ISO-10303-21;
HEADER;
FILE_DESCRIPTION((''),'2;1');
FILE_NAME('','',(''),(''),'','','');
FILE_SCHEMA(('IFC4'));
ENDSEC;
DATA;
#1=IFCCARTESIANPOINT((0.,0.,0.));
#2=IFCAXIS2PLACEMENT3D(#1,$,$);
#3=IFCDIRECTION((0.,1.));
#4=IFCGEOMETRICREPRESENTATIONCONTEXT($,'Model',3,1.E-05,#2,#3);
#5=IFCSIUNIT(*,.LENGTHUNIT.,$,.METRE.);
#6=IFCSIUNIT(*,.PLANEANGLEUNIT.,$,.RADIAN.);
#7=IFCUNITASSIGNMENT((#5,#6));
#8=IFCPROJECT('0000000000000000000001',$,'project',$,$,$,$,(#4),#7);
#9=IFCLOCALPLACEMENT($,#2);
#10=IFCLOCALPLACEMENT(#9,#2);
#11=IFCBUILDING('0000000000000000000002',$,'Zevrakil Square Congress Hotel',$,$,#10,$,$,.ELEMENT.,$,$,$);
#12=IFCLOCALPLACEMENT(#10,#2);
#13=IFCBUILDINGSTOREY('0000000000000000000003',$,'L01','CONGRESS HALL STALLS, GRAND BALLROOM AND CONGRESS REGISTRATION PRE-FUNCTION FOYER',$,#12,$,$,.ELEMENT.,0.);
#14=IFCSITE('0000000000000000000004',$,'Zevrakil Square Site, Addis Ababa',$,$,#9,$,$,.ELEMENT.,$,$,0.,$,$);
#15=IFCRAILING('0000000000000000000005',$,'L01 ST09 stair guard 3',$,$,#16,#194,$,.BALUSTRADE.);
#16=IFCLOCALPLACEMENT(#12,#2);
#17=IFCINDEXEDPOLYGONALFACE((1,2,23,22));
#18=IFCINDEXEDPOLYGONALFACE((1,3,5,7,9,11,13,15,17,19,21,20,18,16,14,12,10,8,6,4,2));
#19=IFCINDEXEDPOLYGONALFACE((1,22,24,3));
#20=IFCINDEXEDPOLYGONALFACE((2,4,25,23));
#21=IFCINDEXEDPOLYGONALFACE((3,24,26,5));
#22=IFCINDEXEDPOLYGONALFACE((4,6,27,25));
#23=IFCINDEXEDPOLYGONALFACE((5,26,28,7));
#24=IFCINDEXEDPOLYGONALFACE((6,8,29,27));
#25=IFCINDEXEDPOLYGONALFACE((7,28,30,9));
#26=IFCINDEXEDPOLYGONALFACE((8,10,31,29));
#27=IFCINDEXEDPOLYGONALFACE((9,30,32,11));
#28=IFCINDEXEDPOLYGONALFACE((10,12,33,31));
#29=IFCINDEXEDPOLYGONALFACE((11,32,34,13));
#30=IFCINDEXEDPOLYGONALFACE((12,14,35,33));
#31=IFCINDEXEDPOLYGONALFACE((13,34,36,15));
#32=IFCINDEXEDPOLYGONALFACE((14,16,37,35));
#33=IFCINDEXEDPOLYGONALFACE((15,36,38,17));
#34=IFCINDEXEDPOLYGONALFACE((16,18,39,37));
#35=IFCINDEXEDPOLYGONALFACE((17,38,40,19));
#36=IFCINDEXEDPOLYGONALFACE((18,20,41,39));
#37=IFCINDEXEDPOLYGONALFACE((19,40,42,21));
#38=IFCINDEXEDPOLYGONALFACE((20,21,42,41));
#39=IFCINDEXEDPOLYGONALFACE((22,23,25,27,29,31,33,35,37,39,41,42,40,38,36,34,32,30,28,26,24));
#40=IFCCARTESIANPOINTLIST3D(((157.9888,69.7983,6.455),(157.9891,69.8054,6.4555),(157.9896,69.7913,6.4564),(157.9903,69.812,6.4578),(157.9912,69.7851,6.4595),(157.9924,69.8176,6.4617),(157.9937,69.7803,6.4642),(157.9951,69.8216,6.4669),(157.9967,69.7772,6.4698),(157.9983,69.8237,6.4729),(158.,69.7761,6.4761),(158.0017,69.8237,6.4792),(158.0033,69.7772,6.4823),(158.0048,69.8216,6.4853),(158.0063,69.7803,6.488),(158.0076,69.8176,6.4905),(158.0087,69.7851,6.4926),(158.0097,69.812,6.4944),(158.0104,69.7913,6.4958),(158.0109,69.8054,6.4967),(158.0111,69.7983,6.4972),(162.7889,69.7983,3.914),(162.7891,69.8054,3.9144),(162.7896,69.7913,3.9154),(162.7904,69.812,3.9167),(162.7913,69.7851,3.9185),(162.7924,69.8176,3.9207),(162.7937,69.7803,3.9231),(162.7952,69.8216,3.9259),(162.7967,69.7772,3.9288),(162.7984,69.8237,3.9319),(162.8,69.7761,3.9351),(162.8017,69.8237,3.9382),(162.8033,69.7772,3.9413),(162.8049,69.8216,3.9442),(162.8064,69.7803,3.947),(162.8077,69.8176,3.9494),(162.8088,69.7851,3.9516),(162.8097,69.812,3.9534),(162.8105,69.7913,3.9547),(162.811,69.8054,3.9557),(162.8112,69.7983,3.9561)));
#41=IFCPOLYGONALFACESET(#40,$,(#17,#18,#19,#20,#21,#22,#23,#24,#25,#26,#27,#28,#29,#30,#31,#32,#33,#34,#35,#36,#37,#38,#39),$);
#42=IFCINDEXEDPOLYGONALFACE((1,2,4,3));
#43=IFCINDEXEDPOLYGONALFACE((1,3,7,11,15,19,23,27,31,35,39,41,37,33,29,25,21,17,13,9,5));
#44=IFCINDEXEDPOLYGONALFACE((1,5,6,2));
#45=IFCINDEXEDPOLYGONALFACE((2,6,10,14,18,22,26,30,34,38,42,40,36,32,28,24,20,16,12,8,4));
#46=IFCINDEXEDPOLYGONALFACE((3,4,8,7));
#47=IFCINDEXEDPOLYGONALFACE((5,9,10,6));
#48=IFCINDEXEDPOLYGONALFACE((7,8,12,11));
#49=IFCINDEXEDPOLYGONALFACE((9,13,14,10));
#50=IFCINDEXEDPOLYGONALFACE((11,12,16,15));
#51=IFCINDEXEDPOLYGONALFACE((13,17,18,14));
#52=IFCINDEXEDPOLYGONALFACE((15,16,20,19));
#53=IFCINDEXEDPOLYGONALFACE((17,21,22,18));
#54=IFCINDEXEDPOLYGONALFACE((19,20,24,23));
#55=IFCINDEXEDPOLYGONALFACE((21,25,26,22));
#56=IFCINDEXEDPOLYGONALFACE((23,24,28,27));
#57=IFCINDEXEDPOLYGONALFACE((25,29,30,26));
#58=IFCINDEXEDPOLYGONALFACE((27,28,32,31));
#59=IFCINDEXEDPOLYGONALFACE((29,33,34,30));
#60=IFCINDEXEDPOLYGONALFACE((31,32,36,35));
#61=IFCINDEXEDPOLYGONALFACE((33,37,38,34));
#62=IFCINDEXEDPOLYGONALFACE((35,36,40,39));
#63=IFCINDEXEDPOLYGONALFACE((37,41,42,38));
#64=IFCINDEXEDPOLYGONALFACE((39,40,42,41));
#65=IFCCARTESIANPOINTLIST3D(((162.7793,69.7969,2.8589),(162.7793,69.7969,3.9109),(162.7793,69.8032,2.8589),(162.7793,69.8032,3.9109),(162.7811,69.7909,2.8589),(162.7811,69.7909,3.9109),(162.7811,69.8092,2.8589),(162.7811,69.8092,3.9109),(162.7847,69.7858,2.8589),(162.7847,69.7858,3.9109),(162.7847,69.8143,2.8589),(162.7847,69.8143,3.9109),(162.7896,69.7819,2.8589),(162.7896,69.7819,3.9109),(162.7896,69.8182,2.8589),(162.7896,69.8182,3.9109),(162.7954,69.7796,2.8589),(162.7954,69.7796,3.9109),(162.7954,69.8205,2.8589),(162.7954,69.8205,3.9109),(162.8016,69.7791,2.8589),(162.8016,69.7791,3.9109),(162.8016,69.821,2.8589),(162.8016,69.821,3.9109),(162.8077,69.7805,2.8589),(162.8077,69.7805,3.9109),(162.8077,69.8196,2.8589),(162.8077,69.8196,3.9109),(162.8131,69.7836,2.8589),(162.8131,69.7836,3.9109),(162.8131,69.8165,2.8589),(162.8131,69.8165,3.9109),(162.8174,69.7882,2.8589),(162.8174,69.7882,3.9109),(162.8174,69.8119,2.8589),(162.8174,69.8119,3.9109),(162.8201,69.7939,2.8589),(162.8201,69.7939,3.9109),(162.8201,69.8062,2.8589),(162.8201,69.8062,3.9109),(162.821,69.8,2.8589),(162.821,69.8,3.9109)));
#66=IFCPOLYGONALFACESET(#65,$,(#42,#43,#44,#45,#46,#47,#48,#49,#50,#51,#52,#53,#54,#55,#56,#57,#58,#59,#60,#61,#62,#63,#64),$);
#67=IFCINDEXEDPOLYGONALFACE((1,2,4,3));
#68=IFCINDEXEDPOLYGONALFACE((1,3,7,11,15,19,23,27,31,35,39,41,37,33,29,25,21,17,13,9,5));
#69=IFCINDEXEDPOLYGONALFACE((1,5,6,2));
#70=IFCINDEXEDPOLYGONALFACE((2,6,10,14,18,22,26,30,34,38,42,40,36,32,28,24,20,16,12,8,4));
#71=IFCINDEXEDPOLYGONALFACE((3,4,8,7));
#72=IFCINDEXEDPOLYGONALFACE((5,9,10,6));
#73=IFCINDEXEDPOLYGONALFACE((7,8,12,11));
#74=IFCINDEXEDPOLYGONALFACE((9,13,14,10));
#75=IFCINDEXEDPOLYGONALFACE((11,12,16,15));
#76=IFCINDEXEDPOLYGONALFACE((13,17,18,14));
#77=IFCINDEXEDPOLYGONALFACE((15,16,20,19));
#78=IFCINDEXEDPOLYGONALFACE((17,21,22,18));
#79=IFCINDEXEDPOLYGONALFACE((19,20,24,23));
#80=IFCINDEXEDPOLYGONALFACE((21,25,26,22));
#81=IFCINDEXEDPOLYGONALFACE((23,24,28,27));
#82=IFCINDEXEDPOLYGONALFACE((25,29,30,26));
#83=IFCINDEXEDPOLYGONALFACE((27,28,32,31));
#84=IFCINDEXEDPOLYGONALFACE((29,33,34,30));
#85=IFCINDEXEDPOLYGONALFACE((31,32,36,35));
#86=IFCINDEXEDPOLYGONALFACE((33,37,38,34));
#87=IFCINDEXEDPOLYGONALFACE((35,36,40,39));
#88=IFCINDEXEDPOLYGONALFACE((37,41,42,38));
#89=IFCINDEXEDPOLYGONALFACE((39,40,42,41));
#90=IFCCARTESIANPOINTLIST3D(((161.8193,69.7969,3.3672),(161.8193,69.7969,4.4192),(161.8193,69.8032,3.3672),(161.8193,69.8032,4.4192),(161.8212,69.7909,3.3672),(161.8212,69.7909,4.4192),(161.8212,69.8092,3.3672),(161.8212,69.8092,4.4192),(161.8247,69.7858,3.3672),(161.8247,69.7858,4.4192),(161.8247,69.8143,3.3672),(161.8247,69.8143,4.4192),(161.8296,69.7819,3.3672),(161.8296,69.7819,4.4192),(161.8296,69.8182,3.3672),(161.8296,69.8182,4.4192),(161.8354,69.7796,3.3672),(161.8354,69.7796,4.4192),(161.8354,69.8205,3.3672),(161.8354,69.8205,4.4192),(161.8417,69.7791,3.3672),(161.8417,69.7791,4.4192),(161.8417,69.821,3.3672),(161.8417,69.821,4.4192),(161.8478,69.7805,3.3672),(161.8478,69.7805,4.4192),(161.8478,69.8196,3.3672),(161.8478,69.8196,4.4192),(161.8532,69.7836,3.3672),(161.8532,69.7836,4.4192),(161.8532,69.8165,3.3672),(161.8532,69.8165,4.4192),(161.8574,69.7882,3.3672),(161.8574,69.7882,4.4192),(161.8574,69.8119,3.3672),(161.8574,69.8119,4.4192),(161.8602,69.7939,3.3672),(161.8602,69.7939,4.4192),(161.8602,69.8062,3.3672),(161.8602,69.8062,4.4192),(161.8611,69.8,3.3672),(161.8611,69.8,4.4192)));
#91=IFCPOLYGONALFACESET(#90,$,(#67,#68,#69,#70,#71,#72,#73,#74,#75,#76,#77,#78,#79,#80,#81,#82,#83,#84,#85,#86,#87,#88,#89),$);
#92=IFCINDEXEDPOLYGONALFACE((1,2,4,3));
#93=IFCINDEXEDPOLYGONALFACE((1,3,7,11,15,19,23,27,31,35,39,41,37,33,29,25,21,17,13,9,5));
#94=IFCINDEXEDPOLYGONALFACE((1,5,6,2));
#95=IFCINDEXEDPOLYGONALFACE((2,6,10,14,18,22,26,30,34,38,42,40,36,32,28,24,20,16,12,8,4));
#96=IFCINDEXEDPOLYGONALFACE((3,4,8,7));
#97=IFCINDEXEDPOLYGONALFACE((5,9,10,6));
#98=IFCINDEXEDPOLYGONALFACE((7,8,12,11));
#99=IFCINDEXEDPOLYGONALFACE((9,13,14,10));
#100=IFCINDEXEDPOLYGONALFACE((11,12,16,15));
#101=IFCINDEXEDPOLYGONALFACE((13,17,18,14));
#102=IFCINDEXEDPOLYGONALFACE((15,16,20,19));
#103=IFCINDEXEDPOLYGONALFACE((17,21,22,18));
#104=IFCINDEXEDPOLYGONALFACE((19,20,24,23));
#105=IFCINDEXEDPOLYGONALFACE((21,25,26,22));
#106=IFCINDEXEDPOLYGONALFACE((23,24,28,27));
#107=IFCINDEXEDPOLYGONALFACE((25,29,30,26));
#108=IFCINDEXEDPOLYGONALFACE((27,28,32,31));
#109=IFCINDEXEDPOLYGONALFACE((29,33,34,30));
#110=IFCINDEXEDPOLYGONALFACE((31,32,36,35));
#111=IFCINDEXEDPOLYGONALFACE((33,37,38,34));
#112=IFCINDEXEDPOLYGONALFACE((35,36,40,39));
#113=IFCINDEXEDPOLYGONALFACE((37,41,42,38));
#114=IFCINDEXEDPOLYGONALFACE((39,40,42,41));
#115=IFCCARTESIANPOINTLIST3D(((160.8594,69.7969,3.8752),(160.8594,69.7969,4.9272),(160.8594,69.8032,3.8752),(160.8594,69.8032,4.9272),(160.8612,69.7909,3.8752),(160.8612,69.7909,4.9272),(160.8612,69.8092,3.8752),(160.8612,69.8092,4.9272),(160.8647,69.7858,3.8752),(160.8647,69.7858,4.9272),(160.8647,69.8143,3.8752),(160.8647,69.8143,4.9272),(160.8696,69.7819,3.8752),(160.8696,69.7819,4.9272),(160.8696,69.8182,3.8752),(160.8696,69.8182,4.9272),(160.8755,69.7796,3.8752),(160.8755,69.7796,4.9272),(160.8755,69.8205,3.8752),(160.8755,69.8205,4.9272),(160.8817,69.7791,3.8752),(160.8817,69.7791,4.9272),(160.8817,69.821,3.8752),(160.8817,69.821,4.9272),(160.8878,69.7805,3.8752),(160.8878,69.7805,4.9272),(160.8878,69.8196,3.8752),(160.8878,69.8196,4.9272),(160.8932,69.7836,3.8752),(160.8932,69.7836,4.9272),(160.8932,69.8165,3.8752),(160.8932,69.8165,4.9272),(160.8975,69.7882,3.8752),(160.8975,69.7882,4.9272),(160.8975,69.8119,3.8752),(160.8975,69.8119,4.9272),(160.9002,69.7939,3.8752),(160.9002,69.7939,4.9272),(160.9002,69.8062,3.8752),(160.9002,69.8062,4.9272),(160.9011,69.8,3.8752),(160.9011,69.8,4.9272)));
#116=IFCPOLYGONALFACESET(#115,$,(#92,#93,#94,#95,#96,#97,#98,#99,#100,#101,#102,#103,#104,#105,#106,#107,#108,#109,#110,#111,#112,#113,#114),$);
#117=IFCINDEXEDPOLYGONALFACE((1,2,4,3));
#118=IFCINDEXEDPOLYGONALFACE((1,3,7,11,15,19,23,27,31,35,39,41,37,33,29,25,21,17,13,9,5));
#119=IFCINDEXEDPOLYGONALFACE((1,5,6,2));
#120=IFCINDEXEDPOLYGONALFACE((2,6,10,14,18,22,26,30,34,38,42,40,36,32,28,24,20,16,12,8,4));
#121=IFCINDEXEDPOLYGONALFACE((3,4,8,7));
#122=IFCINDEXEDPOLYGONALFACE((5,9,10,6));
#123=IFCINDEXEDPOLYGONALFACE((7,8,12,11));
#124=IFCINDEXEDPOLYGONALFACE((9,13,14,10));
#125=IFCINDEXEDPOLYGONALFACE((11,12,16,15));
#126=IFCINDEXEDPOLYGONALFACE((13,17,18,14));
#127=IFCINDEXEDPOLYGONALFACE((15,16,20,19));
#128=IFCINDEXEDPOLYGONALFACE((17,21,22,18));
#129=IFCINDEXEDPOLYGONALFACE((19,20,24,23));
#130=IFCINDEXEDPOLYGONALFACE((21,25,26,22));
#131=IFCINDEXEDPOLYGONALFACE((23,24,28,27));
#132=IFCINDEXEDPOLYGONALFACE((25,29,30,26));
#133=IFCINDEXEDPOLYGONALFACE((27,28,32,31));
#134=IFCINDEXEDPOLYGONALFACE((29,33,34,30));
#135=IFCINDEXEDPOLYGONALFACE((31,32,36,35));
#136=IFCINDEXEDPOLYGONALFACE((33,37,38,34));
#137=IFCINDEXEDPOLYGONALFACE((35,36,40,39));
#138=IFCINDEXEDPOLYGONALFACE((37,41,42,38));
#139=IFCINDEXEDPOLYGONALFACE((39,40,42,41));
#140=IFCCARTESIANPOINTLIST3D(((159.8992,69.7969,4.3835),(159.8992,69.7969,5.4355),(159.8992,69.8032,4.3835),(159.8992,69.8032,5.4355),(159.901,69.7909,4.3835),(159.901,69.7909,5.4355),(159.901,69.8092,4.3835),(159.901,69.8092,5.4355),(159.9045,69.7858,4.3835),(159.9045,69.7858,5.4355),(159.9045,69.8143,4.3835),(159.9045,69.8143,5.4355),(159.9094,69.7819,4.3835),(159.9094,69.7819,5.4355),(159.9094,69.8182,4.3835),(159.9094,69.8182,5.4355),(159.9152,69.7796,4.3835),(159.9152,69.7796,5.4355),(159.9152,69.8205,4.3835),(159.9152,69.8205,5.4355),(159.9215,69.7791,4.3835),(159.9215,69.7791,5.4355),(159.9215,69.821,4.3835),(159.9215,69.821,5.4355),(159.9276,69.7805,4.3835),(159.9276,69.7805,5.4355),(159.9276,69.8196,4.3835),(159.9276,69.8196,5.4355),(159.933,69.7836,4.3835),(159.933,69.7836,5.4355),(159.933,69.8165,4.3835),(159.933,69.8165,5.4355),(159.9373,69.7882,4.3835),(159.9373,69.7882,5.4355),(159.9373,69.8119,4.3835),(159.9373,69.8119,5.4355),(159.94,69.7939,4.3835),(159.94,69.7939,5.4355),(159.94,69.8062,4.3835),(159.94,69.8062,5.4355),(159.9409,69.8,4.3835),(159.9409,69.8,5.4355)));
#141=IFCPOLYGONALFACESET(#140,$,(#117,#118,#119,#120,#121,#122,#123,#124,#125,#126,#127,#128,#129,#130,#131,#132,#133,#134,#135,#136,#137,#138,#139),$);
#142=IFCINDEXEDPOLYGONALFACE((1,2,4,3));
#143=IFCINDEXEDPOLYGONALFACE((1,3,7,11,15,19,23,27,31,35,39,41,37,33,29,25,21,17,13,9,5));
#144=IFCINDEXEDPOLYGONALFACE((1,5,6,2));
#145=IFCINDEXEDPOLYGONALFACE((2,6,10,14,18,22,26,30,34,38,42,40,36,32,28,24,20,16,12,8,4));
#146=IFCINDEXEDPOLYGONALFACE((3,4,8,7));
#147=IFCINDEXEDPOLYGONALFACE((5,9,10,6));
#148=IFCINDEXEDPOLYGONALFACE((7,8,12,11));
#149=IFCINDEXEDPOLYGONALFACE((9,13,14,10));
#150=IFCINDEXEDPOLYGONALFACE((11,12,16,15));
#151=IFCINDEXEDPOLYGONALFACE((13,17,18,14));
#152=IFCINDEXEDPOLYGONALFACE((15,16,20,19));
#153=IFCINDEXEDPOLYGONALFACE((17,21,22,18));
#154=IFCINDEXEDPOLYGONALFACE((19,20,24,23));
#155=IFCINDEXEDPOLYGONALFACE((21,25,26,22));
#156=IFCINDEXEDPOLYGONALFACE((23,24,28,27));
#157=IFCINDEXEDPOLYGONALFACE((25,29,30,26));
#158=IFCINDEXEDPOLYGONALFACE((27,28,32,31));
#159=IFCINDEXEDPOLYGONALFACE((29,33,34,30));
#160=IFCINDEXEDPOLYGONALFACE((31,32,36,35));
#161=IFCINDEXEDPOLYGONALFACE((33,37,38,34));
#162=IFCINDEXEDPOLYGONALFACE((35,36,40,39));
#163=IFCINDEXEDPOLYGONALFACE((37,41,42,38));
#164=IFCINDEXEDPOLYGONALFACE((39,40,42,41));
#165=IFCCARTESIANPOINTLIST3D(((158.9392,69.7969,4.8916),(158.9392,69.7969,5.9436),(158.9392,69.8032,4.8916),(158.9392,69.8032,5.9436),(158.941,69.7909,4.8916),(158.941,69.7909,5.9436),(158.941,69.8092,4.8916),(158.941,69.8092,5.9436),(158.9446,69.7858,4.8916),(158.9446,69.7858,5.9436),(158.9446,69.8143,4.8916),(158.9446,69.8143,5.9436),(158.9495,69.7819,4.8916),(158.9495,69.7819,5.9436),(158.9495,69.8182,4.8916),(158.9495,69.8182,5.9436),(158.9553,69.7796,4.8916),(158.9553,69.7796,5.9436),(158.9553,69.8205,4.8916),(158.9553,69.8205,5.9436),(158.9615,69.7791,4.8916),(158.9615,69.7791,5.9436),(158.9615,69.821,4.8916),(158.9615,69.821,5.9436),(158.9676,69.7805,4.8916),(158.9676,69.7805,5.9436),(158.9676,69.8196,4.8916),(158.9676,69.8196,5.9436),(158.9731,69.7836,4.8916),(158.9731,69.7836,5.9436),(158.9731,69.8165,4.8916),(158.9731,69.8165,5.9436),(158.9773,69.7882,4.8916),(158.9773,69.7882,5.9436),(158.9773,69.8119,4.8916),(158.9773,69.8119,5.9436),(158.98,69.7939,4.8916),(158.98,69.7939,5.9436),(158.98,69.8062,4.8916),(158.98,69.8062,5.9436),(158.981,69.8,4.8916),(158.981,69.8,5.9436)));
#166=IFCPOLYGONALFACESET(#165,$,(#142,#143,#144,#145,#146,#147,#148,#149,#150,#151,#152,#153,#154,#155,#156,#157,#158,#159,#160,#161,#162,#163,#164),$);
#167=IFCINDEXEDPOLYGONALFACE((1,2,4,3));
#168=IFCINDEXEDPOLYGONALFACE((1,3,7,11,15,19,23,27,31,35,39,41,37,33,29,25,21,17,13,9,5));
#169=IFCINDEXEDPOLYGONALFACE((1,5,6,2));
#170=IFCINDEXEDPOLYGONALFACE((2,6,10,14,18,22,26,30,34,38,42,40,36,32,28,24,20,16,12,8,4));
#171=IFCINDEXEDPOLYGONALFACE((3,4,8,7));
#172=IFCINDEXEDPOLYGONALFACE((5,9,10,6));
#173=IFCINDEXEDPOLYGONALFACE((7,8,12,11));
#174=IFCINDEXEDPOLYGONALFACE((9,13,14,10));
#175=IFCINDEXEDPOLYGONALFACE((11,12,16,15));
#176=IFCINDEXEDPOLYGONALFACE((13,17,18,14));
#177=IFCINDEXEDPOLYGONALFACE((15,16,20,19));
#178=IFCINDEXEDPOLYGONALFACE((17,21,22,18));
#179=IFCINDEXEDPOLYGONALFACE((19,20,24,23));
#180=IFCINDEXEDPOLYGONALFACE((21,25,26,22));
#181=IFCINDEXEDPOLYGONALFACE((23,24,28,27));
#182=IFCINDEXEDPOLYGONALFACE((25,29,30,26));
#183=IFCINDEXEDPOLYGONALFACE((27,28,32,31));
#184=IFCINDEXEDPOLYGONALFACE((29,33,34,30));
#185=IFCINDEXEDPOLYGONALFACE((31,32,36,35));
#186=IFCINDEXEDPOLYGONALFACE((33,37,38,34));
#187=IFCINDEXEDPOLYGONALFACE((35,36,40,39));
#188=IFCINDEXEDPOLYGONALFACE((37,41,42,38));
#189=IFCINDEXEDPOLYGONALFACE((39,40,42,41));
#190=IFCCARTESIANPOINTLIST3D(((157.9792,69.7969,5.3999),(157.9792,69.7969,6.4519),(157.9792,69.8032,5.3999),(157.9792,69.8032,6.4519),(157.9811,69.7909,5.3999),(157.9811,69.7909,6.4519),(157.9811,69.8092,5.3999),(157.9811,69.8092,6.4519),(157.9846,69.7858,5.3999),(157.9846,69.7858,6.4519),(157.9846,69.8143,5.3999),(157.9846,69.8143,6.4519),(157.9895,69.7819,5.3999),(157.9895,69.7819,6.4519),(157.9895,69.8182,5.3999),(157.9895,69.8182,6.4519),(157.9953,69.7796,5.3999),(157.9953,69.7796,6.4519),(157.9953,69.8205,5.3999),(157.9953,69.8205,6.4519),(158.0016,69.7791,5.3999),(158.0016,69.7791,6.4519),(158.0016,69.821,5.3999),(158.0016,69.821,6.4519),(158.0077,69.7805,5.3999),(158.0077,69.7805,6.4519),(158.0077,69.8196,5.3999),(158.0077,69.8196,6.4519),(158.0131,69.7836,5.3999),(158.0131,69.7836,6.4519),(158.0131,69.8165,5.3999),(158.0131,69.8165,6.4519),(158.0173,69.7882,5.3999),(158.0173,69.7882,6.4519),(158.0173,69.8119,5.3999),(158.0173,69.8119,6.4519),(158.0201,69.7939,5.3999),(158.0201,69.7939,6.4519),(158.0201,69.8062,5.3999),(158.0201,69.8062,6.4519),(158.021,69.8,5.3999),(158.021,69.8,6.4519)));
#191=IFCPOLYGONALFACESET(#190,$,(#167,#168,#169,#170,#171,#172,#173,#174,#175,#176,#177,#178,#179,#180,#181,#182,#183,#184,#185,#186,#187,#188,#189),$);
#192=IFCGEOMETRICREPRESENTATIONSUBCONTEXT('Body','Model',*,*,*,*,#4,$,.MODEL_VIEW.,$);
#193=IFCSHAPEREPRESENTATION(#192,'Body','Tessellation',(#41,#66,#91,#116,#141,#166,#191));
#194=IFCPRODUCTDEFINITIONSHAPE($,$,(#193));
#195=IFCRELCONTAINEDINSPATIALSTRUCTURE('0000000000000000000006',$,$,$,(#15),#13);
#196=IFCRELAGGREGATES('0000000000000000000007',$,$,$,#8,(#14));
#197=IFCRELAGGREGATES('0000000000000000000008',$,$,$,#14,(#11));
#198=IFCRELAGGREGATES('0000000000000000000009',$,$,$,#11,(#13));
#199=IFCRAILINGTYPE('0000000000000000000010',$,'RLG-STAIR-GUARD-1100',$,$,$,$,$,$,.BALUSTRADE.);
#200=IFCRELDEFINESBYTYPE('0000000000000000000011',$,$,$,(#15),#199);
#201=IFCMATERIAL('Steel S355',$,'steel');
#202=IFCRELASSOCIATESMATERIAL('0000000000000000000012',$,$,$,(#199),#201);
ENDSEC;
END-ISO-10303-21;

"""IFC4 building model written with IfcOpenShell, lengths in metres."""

from ifc_helpers import new_model, si_unit, direction, frame, origin, origin_2d, place, context, subcontext, project, spatial, circle, extrude, material, type_object, element, save


model = new_model("IFC4")

# Units and contexts
model_context = context("Model", 3, precision=1e-05, world=origin(), true_north=direction((0.0, 1.0)))
body_context = subcontext(model_context, "Body", "Model", "MODEL_VIEW")
ifc_project = project(units=[si_unit("LENGTHUNIT", "METRE"), si_unit("PLANEANGLEUNIT", "RADIAN")], contexts=[model_context])

# Site, building, storey
site_placement = place(None, origin())
site = spatial("IfcSite", under=ifc_project, at=site_placement, Name="Zevrakil Square Site, Addis Ababa", CompositionType="ELEMENT", RefElevation=0.0)
building_placement = place(site_placement, origin())
building = spatial("IfcBuilding", under=site, at=building_placement, Name="Zevrakil Square Congress Hotel", CompositionType="ELEMENT")
storey_placement = place(building_placement, origin())
storey = spatial("IfcBuildingStorey", under=building, at=storey_placement, Name="L01", Description="CONGRESS HALL STALLS, GRAND BALLROOM AND CONGRESS REGISTRATION PRE-FUNCTION FOYER", CompositionType="ELEMENT", Elevation=0.0)

# Railing
ifc_material_1 = material(Name="Steel S355", Category="steel")
railing_type_1 = type_object("IfcRailingType", Name="RLG-STAIR-GUARD-1100", PredefinedType="BALUSTRADE", material=ifc_material_1)
railing_1_placement = place(storey_placement, frame((162.8, 69.8, 2.8589)))
element("IfcRailing", 1, at=railing_1_placement, inside=storey, type_object=railing_type_1, Name="L01 ST09 stair guard 3", PredefinedType="BALUSTRADE", context=body_context, shape_type="SweptSolid", body=[
    extrude(circle(Radius=0.0239, at=origin_2d()), frame((0.0, 0.0, 1.0762), z_axis=(-0.883802, 0.0, 0.467861), x_axis=(0.0, -1.0, 0.0)), (0.0, 0.0, 1.0), 5.4312),
    extrude(circle(Radius=0.021, at=origin_2d()), origin(), (0.0, 0.0, 1.0), 1.052),
    extrude(circle(Radius=0.021, at=origin_2d()), frame((-0.96, 0.0, 0.5083)), (0.0, 0.0, 1.0), 1.052),
    extrude(circle(Radius=0.021, at=origin_2d()), frame((-1.9199, 0.0, 1.0164)), (0.0, 0.0, 1.0), 1.052),
    extrude(circle(Radius=0.021, at=origin_2d()), frame((-2.8801, 0.0, 1.5247)), (0.0, 0.0, 1.0), 1.052),
    extrude(circle(Radius=0.021, at=origin_2d()), frame((-3.8401, 0.0, 2.0327)), (0.0, 0.0, 1.0), 1.052),
    extrude(circle(Radius=0.021, at=origin_2d()), frame((-4.8, 0.0, 2.541)), (0.0, 0.0, 1.0), 1.052),
])

save(model, "model.ifc")
